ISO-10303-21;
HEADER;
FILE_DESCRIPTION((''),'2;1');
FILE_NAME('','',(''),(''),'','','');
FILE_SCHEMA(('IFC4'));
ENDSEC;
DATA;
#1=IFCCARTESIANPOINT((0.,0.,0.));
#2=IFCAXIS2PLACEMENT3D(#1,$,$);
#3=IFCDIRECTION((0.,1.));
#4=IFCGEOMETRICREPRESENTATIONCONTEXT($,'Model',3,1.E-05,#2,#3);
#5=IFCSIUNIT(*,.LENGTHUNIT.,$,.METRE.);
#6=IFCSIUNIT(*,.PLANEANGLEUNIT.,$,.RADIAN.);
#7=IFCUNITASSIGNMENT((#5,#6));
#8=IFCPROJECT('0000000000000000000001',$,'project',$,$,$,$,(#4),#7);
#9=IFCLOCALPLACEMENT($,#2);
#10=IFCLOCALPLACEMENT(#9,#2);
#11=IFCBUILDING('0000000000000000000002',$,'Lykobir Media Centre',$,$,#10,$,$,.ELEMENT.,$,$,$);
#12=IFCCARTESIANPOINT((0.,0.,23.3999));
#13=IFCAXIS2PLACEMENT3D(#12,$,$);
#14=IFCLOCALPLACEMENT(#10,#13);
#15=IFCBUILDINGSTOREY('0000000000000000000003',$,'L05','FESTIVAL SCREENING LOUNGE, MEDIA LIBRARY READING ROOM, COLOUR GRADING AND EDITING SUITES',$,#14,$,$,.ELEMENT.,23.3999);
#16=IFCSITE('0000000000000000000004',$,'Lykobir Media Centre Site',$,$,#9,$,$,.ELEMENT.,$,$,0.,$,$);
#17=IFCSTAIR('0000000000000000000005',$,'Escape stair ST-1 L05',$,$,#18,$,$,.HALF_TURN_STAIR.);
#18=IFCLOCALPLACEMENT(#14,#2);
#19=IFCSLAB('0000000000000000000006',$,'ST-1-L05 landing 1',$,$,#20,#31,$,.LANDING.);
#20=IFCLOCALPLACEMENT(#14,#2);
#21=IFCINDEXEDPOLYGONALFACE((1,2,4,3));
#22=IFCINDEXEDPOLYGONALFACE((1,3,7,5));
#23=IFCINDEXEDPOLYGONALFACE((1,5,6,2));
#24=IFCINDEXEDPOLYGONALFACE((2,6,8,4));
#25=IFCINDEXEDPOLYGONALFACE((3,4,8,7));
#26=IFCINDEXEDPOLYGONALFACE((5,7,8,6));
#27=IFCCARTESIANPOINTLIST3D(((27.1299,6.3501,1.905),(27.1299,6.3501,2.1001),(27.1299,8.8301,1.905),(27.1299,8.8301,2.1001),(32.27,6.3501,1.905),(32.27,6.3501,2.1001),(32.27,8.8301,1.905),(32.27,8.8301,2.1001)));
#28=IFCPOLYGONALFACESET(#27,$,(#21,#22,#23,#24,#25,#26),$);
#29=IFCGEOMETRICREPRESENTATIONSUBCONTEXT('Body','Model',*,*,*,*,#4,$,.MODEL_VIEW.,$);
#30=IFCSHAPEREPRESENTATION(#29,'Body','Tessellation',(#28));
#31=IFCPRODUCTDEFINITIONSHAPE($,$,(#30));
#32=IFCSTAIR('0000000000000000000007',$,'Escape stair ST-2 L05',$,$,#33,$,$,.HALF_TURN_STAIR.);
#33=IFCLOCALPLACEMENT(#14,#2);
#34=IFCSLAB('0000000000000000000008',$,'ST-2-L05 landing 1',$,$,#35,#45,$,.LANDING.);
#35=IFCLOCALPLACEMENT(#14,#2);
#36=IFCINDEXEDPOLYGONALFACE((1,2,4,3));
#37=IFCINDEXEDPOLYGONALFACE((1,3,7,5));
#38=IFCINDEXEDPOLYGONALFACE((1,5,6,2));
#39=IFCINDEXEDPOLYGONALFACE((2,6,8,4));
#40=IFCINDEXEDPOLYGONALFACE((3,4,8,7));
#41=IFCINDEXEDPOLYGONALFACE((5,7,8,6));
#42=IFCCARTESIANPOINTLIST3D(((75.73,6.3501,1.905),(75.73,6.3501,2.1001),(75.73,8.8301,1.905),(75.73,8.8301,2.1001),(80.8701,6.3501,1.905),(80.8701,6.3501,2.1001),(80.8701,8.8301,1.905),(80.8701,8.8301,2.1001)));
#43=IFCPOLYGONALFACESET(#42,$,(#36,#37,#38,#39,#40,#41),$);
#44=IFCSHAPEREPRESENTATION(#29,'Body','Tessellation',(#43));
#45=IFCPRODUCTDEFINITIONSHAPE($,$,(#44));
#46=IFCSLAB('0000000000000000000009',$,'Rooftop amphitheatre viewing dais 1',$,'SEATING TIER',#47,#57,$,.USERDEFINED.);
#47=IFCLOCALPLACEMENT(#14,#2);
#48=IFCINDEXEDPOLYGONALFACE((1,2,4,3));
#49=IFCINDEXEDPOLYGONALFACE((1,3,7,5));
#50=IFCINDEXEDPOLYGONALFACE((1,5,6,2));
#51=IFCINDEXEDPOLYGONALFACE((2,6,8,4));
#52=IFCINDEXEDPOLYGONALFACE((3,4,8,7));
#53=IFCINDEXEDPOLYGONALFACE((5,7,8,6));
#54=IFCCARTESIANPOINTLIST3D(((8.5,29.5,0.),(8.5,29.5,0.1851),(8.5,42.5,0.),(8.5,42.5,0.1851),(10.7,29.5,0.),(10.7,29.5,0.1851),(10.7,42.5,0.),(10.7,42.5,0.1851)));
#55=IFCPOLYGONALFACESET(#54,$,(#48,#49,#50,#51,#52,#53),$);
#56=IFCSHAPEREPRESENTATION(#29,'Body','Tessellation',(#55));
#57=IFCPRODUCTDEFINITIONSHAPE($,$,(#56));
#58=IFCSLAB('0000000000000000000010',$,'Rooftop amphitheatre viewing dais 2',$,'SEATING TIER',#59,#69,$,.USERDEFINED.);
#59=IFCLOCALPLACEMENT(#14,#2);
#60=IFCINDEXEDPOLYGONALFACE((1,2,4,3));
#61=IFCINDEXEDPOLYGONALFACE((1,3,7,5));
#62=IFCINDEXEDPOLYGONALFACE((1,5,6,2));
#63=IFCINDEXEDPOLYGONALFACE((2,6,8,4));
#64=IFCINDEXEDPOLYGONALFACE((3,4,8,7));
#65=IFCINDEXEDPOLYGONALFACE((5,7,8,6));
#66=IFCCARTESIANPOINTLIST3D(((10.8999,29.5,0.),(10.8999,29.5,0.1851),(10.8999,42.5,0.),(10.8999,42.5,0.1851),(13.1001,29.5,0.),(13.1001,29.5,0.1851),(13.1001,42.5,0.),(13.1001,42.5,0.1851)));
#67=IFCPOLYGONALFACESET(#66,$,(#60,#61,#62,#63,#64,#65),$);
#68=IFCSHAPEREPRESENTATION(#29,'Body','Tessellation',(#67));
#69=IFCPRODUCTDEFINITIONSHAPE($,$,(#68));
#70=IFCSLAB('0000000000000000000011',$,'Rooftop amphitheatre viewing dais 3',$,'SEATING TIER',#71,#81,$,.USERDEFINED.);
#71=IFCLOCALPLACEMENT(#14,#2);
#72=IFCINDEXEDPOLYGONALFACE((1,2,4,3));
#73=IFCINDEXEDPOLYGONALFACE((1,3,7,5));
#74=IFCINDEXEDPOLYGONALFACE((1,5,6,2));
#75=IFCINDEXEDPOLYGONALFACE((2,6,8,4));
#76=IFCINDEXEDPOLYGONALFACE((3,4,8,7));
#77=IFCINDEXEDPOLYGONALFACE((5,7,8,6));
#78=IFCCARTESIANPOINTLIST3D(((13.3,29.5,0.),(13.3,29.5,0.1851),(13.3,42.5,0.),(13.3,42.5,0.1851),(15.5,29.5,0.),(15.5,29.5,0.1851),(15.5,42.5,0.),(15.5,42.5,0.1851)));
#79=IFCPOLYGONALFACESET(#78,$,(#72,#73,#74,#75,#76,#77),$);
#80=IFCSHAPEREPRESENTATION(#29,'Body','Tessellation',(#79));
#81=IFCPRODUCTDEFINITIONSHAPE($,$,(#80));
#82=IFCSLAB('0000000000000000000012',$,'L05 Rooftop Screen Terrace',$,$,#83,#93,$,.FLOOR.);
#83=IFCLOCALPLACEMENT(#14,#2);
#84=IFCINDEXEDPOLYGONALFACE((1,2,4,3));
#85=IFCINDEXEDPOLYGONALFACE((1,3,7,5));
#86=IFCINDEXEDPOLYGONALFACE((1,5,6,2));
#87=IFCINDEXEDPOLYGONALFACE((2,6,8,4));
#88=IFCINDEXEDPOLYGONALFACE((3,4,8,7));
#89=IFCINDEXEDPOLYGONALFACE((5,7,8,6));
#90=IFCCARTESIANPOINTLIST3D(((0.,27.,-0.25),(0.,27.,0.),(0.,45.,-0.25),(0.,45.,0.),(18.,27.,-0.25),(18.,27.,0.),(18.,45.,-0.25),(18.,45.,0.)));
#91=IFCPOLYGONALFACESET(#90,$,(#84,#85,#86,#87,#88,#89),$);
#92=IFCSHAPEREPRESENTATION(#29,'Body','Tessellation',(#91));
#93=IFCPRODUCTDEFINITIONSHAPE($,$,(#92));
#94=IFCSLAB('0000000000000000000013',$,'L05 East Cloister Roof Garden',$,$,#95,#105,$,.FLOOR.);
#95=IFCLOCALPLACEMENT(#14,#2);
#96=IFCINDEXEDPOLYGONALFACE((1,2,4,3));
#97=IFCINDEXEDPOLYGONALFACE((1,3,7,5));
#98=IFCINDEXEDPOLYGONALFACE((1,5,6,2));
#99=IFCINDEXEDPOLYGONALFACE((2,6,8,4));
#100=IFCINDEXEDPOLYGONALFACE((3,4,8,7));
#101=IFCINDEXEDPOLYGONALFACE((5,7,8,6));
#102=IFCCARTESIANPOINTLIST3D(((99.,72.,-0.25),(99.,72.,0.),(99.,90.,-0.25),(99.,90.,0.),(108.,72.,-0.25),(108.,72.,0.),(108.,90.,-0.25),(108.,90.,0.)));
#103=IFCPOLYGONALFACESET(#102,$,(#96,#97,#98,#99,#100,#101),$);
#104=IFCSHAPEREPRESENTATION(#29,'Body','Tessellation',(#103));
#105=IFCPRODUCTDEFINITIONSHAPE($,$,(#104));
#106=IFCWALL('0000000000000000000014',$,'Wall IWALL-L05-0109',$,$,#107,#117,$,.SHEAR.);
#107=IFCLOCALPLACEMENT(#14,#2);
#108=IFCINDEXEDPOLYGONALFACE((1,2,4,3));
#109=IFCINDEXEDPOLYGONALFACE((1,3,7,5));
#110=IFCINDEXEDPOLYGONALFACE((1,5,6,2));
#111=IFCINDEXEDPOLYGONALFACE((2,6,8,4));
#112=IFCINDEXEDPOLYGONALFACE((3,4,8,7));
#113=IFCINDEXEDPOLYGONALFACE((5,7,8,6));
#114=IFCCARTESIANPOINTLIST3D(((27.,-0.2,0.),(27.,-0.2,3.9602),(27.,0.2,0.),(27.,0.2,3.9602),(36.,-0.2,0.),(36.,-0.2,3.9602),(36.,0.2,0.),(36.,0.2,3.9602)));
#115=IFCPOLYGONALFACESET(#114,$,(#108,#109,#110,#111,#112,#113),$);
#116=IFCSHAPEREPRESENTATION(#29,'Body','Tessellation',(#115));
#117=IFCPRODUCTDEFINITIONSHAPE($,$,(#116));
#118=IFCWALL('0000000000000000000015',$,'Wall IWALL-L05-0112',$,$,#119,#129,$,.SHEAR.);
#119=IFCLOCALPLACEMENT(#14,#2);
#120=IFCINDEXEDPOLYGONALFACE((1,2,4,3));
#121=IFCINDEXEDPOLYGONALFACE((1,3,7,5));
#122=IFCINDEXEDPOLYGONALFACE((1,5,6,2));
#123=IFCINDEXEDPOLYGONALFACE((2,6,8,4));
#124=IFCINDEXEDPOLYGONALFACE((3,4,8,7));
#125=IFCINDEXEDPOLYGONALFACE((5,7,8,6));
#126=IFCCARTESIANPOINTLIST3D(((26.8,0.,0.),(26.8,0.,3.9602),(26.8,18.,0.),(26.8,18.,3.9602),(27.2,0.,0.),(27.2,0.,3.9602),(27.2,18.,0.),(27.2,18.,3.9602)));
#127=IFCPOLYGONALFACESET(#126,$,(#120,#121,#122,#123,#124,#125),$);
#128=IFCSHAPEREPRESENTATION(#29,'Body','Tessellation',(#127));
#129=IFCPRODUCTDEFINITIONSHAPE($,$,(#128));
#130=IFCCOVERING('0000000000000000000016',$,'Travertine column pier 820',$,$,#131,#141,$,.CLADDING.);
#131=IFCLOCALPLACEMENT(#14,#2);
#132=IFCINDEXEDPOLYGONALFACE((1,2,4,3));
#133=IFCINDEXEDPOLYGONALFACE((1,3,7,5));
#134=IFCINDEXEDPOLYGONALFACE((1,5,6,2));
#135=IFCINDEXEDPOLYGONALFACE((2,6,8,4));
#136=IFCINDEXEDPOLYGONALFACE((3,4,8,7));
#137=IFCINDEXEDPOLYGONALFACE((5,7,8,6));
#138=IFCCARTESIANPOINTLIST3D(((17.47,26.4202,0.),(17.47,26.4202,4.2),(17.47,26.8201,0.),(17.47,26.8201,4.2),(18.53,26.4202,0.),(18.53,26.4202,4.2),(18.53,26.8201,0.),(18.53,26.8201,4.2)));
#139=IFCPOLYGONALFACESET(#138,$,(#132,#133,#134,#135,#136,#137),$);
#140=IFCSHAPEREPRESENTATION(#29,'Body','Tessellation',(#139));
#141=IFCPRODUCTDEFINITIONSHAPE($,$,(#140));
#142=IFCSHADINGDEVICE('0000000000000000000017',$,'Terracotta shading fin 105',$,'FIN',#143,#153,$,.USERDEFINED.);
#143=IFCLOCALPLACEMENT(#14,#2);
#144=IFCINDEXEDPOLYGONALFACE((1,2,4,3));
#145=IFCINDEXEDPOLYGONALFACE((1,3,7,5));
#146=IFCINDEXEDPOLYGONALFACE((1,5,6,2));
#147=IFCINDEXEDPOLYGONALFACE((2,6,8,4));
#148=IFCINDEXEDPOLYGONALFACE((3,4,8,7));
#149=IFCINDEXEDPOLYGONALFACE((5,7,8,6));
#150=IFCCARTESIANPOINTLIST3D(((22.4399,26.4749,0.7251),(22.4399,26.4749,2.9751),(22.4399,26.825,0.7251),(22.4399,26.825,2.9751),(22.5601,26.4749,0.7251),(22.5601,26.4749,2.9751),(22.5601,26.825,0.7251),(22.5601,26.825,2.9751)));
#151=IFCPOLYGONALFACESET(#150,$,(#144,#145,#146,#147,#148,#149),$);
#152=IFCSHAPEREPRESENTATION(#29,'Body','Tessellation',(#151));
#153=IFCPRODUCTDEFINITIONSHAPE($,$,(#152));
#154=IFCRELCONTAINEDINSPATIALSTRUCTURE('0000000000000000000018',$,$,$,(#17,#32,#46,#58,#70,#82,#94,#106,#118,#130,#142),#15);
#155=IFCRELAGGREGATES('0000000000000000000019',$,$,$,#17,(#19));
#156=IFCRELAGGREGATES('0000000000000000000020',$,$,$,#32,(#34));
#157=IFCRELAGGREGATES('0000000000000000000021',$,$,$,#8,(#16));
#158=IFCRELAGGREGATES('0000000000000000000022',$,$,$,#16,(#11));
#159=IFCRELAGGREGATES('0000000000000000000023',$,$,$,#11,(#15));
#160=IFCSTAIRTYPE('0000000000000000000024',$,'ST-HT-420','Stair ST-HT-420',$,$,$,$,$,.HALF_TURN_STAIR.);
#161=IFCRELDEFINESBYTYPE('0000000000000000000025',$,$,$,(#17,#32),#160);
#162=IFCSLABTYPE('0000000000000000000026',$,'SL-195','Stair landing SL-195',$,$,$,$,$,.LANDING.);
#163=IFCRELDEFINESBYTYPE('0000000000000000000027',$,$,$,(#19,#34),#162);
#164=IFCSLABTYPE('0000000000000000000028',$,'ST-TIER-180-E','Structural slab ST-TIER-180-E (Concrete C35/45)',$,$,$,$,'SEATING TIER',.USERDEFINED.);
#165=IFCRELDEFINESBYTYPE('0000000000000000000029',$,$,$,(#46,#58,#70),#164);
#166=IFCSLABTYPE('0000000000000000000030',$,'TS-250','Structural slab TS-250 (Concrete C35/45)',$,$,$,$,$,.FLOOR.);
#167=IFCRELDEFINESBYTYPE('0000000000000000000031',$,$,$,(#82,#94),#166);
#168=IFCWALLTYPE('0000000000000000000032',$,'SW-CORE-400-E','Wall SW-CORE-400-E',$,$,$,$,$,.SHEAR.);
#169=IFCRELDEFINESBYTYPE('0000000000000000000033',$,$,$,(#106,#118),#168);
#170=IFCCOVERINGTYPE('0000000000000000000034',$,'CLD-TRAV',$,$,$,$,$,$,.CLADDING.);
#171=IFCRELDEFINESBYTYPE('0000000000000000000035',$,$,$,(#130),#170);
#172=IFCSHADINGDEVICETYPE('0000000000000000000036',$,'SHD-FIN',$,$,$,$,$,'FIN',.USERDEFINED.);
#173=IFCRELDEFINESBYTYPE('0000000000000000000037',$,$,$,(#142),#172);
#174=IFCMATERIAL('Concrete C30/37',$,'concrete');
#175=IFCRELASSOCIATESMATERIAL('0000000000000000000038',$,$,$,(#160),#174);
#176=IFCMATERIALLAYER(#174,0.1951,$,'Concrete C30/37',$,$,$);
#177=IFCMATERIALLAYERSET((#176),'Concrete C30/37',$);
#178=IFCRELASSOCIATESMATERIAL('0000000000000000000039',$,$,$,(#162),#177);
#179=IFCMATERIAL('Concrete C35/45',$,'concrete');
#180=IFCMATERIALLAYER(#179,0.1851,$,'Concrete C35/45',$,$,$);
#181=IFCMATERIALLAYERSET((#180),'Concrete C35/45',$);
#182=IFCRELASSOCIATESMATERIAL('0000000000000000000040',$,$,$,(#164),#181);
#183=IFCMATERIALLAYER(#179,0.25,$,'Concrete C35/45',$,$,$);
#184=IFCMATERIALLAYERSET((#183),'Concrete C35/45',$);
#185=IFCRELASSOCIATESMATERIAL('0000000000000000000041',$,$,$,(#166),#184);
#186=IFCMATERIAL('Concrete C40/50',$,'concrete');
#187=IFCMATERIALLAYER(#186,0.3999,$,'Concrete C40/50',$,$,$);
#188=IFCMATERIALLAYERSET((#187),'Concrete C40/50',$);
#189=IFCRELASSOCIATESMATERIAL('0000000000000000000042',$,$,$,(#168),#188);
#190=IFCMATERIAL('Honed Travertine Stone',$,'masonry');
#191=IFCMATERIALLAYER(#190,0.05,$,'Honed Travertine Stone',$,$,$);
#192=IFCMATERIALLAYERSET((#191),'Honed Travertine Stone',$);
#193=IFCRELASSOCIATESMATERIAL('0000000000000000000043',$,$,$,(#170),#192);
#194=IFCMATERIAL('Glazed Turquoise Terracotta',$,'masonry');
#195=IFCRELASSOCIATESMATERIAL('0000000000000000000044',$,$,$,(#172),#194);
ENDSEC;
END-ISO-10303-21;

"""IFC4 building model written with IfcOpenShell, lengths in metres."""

from ifc_helpers import new_model, si_unit, direction, frame, frame_2d, origin, origin_2d, place, context, subcontext, project, spatial, polyline, rectangle, outline, extrude, material, layer, layer_set, type_object, element, aggregate, save


model = new_model("IFC4")

# Units and contexts
model_context = context("Model", 3, precision=1e-05, world=origin(), true_north=direction((0.0, 1.0)))
body_context = subcontext(model_context, "Body", "Model", "MODEL_VIEW")
ifc_project = project(units=[si_unit("LENGTHUNIT", "METRE"), si_unit("PLANEANGLEUNIT", "RADIAN")], contexts=[model_context])

# Site, building, storey
site_placement = place(None, origin())
site = spatial("IfcSite", under=ifc_project, at=site_placement, Name="Lykobir Media Centre Site", CompositionType="ELEMENT", RefElevation=0.0)
building_placement = place(site_placement, origin())
building = spatial("IfcBuilding", under=site, at=building_placement, Name="Lykobir Media Centre", CompositionType="ELEMENT")
storey_placement = place(building_placement, frame((0.0, 0.0, 23.3999)))
storey = spatial("IfcBuildingStorey", under=building, at=storey_placement, Name="L05", Description="FESTIVAL SCREENING LOUNGE, MEDIA LIBRARY READING ROOM, COLOUR GRADING AND EDITING SUITES", CompositionType="ELEMENT", Elevation=23.3999)

# Shared definitions
ifc_material_1 = material(Name="Concrete C40/50", Category="concrete")

# Shared definitions
ifc_material_2 = material(Name="Concrete C30/37", Category="concrete")

# Stairs, slabs
stair_type = type_object("IfcStairType", Name="ST-HT-420", Description="Stair ST-HT-420", PredefinedType="HALF_TURN_STAIR", material=ifc_material_2)
stair_1_placement = place(storey_placement, origin())
stair_1 = element("IfcStair", 1, at=stair_1_placement, inside=storey, type_object=stair_type, Name="Escape stair ST-1 L05", PredefinedType="HALF_TURN_STAIR")
ifc_layer_1 = layer(ifc_material_2, 0.1951, Name="Concrete C30/37")
ifc_layer_set_1 = layer_set([ifc_layer_1], Name="Concrete C30/37")
slab_type_1 = type_object("IfcSlabType", Name="SL-195", Description="Stair landing SL-195", PredefinedType="LANDING", material=ifc_layer_set_1)
slab_1_placement = place(storey_placement, frame((0.0, 0.0, 1.905)))
slab_1 = element("IfcSlab", 2, at=slab_1_placement, type_object=slab_type_1, Name="ST-1-L05 landing 1", PredefinedType="LANDING", context=body_context, shape_type="SweptSolid", body=[
    extrude(outline(polyline([(27.1299, 6.3501), (32.27, 6.3501), (32.27, 8.8301), (27.1299, 8.8301), (27.1299, 6.3501)])), origin(), (0.0, 0.0, 1.0), 0.1951),
])
aggregate(stair_1, [slab_1])
stair_2_placement = place(storey_placement, origin())
stair_2 = element("IfcStair", 3, at=stair_2_placement, inside=storey, type_object=stair_type, Name="Escape stair ST-2 L05", PredefinedType="HALF_TURN_STAIR")
slab_2_placement = place(storey_placement, frame((0.0, 0.0, 1.905)))
slab_2 = element("IfcSlab", 4, at=slab_2_placement, type_object=slab_type_1, Name="ST-2-L05 landing 1", PredefinedType="LANDING", context=body_context, shape_type="SweptSolid", body=[
    extrude(outline(polyline([(75.73, 6.3501), (80.8701, 6.3501), (80.8701, 8.8301), (75.73, 8.8301), (75.73, 6.3501)])), origin(), (0.0, 0.0, 1.0), 0.1951),
])
aggregate(stair_2, [slab_2])

# Slabs
ifc_material_3 = material(Name="Concrete C35/45", Category="concrete")
ifc_layer_2 = layer(ifc_material_3, 0.1851, Name="Concrete C35/45")
ifc_layer_set_2 = layer_set([ifc_layer_2], Name="Concrete C35/45")
slab_type_2 = type_object("IfcSlabType", Name="ST-TIER-180-E", Description="Structural slab ST-TIER-180-E (Concrete C35/45)", ElementType="SEATING TIER", PredefinedType="USERDEFINED", material=ifc_layer_set_2)
slab_3_placement = place(storey_placement, origin())
element("IfcSlab", 5, at=slab_3_placement, inside=storey, type_object=slab_type_2, Name="Rooftop amphitheatre viewing dais 1", ObjectType="SEATING TIER", PredefinedType="USERDEFINED", context=body_context, shape_type="SweptSolid", body=[
    extrude(outline(polyline([(8.5, 29.5), (10.7, 29.5), (10.7, 42.5), (8.5, 42.5), (8.5, 29.5)])), origin(), (0.0, 0.0, 1.0), 0.1851),
])
slab_4_placement = place(storey_placement, origin())
element("IfcSlab", 6, at=slab_4_placement, inside=storey, type_object=slab_type_2, Name="Rooftop amphitheatre viewing dais 2", ObjectType="SEATING TIER", PredefinedType="USERDEFINED", context=body_context, shape_type="SweptSolid", body=[
    extrude(outline(polyline([(10.8999, 29.5), (13.1001, 29.5), (13.1001, 42.5), (10.8999, 42.5), (10.8999, 29.5)])), origin(), (0.0, 0.0, 1.0), 0.1851),
])
slab_5_placement = place(storey_placement, origin())
element("IfcSlab", 7, at=slab_5_placement, inside=storey, type_object=slab_type_2, Name="Rooftop amphitheatre viewing dais 3", ObjectType="SEATING TIER", PredefinedType="USERDEFINED", context=body_context, shape_type="SweptSolid", body=[
    extrude(outline(polyline([(13.3, 29.5), (15.5, 29.5), (15.5, 42.5), (13.3, 42.5), (13.3, 29.5)])), origin(), (0.0, 0.0, 1.0), 0.1851),
])
ifc_layer_3 = layer(ifc_material_3, 0.25, Name="Concrete C35/45")
ifc_layer_set_3 = layer_set([ifc_layer_3], Name="Concrete C35/45")
slab_type_3 = type_object("IfcSlabType", Name="TS-250", Description="Structural slab TS-250 (Concrete C35/45)", PredefinedType="FLOOR", material=ifc_layer_set_3)
slab_6_placement = place(storey_placement, frame((0.0, 0.0, -0.25)))
element("IfcSlab", 8, at=slab_6_placement, inside=storey, type_object=slab_type_3, Name="L05 Rooftop Screen Terrace", PredefinedType="FLOOR", context=body_context, shape_type="SweptSolid", body=[
    extrude(outline(polyline([(18.0, 27.0), (18.0, 45.0), (0.0, 45.0), (0.0, 27.0), (18.0, 27.0)])), origin(), (0.0, 0.0, 1.0), 0.25),
])
slab_7_placement = place(storey_placement, frame((0.0, 0.0, -0.25)))
element("IfcSlab", 9, at=slab_7_placement, inside=storey, type_object=slab_type_3, Name="L05 East Cloister Roof Garden", PredefinedType="FLOOR", context=body_context, shape_type="SweptSolid", body=[
    extrude(outline(polyline([(108.0, 72.0), (108.0, 90.0), (99.0, 90.0), (99.0, 72.0), (108.0, 72.0)])), origin(), (0.0, 0.0, 1.0), 0.25),
])

# Walls
ifc_layer_4 = layer(ifc_material_1, 0.3999, Name="Concrete C40/50")
ifc_layer_set_4 = layer_set([ifc_layer_4], Name="Concrete C40/50")
wall_type = type_object("IfcWallType", Name="SW-CORE-400-E", Description="Wall SW-CORE-400-E", PredefinedType="SHEAR", material=ifc_layer_set_4)
wall_1_placement = place(storey_placement, frame((27.0, 0.0, 0.0), z_axis=(0.0, 0.0, 1.0), x_axis=(1.0, 0.0, 0.0)))
element("IfcWall", 10, at=wall_1_placement, inside=storey, type_object=wall_type, Name="Wall IWALL-L05-0109", PredefinedType="SHEAR", context=body_context, shape_type="SweptSolid", body=[
    extrude(rectangle(XDim=9.0, YDim=0.3999, at=frame_2d((4.5, 0.0))), origin(), (0.0, 0.0, 1.0), 3.9602),
])
wall_2_placement = place(storey_placement, frame((27.0, 18.0, 0.0), z_axis=(0.0, 0.0, 1.0), x_axis=(0.0, -1.0, 0.0)))
element("IfcWall", 11, at=wall_2_placement, inside=storey, type_object=wall_type, Name="Wall IWALL-L05-0112", PredefinedType="SHEAR", context=body_context, shape_type="SweptSolid", body=[
    extrude(rectangle(XDim=18.0, YDim=0.3999, at=frame_2d((9.0, 0.0))), origin(), (0.0, 0.0, 1.0), 3.9602),
])

# Covering
ifc_material_4 = material(Name="Honed Travertine Stone", Category="masonry")
ifc_layer_5 = layer(ifc_material_4, 0.05, Name="Honed Travertine Stone")
ifc_layer_set_5 = layer_set([ifc_layer_5], Name="Honed Travertine Stone")
covering_type = type_object("IfcCoveringType", Name="CLD-TRAV", PredefinedType="CLADDING", material=ifc_layer_set_5)
covering_placement = place(storey_placement, frame((18.0, 26.6201, 0.0), z_axis=(0.0, 0.0, 1.0), x_axis=(1.0, 0.0, 0.0)))
element("IfcCovering", 12, at=covering_placement, inside=storey, type_object=covering_type, Name="Travertine column pier 820", PredefinedType="CLADDING", context=body_context, shape_type="SweptSolid", body=[
    extrude(rectangle(XDim=1.0601, YDim=0.3999, at=origin_2d()), origin(), (0.0, 0.0, 1.0), 4.2),
])

# Shading device
ifc_material_5 = material(Name="Glazed Turquoise Terracotta", Category="masonry")
shading_device_type = type_object("IfcShadingDeviceType", Name="SHD-FIN", ElementType="FIN", PredefinedType="USERDEFINED", material=ifc_material_5)
shading_device_placement = place(storey_placement, frame((22.5, 26.6499, 0.7251), z_axis=(0.0, 0.0, 1.0), x_axis=(1.0, 0.0, 0.0)))
element("IfcShadingDevice", 13, at=shading_device_placement, inside=storey, type_object=shading_device_type, Name="Terracotta shading fin 105", ObjectType="FIN", PredefinedType="USERDEFINED", context=body_context, shape_type="SweptSolid", body=[
    extrude(rectangle(XDim=0.1201, YDim=0.3501, at=origin_2d()), origin(), (0.0, 0.0, 1.0), 2.25),
])

save(model, "model.ifc")
